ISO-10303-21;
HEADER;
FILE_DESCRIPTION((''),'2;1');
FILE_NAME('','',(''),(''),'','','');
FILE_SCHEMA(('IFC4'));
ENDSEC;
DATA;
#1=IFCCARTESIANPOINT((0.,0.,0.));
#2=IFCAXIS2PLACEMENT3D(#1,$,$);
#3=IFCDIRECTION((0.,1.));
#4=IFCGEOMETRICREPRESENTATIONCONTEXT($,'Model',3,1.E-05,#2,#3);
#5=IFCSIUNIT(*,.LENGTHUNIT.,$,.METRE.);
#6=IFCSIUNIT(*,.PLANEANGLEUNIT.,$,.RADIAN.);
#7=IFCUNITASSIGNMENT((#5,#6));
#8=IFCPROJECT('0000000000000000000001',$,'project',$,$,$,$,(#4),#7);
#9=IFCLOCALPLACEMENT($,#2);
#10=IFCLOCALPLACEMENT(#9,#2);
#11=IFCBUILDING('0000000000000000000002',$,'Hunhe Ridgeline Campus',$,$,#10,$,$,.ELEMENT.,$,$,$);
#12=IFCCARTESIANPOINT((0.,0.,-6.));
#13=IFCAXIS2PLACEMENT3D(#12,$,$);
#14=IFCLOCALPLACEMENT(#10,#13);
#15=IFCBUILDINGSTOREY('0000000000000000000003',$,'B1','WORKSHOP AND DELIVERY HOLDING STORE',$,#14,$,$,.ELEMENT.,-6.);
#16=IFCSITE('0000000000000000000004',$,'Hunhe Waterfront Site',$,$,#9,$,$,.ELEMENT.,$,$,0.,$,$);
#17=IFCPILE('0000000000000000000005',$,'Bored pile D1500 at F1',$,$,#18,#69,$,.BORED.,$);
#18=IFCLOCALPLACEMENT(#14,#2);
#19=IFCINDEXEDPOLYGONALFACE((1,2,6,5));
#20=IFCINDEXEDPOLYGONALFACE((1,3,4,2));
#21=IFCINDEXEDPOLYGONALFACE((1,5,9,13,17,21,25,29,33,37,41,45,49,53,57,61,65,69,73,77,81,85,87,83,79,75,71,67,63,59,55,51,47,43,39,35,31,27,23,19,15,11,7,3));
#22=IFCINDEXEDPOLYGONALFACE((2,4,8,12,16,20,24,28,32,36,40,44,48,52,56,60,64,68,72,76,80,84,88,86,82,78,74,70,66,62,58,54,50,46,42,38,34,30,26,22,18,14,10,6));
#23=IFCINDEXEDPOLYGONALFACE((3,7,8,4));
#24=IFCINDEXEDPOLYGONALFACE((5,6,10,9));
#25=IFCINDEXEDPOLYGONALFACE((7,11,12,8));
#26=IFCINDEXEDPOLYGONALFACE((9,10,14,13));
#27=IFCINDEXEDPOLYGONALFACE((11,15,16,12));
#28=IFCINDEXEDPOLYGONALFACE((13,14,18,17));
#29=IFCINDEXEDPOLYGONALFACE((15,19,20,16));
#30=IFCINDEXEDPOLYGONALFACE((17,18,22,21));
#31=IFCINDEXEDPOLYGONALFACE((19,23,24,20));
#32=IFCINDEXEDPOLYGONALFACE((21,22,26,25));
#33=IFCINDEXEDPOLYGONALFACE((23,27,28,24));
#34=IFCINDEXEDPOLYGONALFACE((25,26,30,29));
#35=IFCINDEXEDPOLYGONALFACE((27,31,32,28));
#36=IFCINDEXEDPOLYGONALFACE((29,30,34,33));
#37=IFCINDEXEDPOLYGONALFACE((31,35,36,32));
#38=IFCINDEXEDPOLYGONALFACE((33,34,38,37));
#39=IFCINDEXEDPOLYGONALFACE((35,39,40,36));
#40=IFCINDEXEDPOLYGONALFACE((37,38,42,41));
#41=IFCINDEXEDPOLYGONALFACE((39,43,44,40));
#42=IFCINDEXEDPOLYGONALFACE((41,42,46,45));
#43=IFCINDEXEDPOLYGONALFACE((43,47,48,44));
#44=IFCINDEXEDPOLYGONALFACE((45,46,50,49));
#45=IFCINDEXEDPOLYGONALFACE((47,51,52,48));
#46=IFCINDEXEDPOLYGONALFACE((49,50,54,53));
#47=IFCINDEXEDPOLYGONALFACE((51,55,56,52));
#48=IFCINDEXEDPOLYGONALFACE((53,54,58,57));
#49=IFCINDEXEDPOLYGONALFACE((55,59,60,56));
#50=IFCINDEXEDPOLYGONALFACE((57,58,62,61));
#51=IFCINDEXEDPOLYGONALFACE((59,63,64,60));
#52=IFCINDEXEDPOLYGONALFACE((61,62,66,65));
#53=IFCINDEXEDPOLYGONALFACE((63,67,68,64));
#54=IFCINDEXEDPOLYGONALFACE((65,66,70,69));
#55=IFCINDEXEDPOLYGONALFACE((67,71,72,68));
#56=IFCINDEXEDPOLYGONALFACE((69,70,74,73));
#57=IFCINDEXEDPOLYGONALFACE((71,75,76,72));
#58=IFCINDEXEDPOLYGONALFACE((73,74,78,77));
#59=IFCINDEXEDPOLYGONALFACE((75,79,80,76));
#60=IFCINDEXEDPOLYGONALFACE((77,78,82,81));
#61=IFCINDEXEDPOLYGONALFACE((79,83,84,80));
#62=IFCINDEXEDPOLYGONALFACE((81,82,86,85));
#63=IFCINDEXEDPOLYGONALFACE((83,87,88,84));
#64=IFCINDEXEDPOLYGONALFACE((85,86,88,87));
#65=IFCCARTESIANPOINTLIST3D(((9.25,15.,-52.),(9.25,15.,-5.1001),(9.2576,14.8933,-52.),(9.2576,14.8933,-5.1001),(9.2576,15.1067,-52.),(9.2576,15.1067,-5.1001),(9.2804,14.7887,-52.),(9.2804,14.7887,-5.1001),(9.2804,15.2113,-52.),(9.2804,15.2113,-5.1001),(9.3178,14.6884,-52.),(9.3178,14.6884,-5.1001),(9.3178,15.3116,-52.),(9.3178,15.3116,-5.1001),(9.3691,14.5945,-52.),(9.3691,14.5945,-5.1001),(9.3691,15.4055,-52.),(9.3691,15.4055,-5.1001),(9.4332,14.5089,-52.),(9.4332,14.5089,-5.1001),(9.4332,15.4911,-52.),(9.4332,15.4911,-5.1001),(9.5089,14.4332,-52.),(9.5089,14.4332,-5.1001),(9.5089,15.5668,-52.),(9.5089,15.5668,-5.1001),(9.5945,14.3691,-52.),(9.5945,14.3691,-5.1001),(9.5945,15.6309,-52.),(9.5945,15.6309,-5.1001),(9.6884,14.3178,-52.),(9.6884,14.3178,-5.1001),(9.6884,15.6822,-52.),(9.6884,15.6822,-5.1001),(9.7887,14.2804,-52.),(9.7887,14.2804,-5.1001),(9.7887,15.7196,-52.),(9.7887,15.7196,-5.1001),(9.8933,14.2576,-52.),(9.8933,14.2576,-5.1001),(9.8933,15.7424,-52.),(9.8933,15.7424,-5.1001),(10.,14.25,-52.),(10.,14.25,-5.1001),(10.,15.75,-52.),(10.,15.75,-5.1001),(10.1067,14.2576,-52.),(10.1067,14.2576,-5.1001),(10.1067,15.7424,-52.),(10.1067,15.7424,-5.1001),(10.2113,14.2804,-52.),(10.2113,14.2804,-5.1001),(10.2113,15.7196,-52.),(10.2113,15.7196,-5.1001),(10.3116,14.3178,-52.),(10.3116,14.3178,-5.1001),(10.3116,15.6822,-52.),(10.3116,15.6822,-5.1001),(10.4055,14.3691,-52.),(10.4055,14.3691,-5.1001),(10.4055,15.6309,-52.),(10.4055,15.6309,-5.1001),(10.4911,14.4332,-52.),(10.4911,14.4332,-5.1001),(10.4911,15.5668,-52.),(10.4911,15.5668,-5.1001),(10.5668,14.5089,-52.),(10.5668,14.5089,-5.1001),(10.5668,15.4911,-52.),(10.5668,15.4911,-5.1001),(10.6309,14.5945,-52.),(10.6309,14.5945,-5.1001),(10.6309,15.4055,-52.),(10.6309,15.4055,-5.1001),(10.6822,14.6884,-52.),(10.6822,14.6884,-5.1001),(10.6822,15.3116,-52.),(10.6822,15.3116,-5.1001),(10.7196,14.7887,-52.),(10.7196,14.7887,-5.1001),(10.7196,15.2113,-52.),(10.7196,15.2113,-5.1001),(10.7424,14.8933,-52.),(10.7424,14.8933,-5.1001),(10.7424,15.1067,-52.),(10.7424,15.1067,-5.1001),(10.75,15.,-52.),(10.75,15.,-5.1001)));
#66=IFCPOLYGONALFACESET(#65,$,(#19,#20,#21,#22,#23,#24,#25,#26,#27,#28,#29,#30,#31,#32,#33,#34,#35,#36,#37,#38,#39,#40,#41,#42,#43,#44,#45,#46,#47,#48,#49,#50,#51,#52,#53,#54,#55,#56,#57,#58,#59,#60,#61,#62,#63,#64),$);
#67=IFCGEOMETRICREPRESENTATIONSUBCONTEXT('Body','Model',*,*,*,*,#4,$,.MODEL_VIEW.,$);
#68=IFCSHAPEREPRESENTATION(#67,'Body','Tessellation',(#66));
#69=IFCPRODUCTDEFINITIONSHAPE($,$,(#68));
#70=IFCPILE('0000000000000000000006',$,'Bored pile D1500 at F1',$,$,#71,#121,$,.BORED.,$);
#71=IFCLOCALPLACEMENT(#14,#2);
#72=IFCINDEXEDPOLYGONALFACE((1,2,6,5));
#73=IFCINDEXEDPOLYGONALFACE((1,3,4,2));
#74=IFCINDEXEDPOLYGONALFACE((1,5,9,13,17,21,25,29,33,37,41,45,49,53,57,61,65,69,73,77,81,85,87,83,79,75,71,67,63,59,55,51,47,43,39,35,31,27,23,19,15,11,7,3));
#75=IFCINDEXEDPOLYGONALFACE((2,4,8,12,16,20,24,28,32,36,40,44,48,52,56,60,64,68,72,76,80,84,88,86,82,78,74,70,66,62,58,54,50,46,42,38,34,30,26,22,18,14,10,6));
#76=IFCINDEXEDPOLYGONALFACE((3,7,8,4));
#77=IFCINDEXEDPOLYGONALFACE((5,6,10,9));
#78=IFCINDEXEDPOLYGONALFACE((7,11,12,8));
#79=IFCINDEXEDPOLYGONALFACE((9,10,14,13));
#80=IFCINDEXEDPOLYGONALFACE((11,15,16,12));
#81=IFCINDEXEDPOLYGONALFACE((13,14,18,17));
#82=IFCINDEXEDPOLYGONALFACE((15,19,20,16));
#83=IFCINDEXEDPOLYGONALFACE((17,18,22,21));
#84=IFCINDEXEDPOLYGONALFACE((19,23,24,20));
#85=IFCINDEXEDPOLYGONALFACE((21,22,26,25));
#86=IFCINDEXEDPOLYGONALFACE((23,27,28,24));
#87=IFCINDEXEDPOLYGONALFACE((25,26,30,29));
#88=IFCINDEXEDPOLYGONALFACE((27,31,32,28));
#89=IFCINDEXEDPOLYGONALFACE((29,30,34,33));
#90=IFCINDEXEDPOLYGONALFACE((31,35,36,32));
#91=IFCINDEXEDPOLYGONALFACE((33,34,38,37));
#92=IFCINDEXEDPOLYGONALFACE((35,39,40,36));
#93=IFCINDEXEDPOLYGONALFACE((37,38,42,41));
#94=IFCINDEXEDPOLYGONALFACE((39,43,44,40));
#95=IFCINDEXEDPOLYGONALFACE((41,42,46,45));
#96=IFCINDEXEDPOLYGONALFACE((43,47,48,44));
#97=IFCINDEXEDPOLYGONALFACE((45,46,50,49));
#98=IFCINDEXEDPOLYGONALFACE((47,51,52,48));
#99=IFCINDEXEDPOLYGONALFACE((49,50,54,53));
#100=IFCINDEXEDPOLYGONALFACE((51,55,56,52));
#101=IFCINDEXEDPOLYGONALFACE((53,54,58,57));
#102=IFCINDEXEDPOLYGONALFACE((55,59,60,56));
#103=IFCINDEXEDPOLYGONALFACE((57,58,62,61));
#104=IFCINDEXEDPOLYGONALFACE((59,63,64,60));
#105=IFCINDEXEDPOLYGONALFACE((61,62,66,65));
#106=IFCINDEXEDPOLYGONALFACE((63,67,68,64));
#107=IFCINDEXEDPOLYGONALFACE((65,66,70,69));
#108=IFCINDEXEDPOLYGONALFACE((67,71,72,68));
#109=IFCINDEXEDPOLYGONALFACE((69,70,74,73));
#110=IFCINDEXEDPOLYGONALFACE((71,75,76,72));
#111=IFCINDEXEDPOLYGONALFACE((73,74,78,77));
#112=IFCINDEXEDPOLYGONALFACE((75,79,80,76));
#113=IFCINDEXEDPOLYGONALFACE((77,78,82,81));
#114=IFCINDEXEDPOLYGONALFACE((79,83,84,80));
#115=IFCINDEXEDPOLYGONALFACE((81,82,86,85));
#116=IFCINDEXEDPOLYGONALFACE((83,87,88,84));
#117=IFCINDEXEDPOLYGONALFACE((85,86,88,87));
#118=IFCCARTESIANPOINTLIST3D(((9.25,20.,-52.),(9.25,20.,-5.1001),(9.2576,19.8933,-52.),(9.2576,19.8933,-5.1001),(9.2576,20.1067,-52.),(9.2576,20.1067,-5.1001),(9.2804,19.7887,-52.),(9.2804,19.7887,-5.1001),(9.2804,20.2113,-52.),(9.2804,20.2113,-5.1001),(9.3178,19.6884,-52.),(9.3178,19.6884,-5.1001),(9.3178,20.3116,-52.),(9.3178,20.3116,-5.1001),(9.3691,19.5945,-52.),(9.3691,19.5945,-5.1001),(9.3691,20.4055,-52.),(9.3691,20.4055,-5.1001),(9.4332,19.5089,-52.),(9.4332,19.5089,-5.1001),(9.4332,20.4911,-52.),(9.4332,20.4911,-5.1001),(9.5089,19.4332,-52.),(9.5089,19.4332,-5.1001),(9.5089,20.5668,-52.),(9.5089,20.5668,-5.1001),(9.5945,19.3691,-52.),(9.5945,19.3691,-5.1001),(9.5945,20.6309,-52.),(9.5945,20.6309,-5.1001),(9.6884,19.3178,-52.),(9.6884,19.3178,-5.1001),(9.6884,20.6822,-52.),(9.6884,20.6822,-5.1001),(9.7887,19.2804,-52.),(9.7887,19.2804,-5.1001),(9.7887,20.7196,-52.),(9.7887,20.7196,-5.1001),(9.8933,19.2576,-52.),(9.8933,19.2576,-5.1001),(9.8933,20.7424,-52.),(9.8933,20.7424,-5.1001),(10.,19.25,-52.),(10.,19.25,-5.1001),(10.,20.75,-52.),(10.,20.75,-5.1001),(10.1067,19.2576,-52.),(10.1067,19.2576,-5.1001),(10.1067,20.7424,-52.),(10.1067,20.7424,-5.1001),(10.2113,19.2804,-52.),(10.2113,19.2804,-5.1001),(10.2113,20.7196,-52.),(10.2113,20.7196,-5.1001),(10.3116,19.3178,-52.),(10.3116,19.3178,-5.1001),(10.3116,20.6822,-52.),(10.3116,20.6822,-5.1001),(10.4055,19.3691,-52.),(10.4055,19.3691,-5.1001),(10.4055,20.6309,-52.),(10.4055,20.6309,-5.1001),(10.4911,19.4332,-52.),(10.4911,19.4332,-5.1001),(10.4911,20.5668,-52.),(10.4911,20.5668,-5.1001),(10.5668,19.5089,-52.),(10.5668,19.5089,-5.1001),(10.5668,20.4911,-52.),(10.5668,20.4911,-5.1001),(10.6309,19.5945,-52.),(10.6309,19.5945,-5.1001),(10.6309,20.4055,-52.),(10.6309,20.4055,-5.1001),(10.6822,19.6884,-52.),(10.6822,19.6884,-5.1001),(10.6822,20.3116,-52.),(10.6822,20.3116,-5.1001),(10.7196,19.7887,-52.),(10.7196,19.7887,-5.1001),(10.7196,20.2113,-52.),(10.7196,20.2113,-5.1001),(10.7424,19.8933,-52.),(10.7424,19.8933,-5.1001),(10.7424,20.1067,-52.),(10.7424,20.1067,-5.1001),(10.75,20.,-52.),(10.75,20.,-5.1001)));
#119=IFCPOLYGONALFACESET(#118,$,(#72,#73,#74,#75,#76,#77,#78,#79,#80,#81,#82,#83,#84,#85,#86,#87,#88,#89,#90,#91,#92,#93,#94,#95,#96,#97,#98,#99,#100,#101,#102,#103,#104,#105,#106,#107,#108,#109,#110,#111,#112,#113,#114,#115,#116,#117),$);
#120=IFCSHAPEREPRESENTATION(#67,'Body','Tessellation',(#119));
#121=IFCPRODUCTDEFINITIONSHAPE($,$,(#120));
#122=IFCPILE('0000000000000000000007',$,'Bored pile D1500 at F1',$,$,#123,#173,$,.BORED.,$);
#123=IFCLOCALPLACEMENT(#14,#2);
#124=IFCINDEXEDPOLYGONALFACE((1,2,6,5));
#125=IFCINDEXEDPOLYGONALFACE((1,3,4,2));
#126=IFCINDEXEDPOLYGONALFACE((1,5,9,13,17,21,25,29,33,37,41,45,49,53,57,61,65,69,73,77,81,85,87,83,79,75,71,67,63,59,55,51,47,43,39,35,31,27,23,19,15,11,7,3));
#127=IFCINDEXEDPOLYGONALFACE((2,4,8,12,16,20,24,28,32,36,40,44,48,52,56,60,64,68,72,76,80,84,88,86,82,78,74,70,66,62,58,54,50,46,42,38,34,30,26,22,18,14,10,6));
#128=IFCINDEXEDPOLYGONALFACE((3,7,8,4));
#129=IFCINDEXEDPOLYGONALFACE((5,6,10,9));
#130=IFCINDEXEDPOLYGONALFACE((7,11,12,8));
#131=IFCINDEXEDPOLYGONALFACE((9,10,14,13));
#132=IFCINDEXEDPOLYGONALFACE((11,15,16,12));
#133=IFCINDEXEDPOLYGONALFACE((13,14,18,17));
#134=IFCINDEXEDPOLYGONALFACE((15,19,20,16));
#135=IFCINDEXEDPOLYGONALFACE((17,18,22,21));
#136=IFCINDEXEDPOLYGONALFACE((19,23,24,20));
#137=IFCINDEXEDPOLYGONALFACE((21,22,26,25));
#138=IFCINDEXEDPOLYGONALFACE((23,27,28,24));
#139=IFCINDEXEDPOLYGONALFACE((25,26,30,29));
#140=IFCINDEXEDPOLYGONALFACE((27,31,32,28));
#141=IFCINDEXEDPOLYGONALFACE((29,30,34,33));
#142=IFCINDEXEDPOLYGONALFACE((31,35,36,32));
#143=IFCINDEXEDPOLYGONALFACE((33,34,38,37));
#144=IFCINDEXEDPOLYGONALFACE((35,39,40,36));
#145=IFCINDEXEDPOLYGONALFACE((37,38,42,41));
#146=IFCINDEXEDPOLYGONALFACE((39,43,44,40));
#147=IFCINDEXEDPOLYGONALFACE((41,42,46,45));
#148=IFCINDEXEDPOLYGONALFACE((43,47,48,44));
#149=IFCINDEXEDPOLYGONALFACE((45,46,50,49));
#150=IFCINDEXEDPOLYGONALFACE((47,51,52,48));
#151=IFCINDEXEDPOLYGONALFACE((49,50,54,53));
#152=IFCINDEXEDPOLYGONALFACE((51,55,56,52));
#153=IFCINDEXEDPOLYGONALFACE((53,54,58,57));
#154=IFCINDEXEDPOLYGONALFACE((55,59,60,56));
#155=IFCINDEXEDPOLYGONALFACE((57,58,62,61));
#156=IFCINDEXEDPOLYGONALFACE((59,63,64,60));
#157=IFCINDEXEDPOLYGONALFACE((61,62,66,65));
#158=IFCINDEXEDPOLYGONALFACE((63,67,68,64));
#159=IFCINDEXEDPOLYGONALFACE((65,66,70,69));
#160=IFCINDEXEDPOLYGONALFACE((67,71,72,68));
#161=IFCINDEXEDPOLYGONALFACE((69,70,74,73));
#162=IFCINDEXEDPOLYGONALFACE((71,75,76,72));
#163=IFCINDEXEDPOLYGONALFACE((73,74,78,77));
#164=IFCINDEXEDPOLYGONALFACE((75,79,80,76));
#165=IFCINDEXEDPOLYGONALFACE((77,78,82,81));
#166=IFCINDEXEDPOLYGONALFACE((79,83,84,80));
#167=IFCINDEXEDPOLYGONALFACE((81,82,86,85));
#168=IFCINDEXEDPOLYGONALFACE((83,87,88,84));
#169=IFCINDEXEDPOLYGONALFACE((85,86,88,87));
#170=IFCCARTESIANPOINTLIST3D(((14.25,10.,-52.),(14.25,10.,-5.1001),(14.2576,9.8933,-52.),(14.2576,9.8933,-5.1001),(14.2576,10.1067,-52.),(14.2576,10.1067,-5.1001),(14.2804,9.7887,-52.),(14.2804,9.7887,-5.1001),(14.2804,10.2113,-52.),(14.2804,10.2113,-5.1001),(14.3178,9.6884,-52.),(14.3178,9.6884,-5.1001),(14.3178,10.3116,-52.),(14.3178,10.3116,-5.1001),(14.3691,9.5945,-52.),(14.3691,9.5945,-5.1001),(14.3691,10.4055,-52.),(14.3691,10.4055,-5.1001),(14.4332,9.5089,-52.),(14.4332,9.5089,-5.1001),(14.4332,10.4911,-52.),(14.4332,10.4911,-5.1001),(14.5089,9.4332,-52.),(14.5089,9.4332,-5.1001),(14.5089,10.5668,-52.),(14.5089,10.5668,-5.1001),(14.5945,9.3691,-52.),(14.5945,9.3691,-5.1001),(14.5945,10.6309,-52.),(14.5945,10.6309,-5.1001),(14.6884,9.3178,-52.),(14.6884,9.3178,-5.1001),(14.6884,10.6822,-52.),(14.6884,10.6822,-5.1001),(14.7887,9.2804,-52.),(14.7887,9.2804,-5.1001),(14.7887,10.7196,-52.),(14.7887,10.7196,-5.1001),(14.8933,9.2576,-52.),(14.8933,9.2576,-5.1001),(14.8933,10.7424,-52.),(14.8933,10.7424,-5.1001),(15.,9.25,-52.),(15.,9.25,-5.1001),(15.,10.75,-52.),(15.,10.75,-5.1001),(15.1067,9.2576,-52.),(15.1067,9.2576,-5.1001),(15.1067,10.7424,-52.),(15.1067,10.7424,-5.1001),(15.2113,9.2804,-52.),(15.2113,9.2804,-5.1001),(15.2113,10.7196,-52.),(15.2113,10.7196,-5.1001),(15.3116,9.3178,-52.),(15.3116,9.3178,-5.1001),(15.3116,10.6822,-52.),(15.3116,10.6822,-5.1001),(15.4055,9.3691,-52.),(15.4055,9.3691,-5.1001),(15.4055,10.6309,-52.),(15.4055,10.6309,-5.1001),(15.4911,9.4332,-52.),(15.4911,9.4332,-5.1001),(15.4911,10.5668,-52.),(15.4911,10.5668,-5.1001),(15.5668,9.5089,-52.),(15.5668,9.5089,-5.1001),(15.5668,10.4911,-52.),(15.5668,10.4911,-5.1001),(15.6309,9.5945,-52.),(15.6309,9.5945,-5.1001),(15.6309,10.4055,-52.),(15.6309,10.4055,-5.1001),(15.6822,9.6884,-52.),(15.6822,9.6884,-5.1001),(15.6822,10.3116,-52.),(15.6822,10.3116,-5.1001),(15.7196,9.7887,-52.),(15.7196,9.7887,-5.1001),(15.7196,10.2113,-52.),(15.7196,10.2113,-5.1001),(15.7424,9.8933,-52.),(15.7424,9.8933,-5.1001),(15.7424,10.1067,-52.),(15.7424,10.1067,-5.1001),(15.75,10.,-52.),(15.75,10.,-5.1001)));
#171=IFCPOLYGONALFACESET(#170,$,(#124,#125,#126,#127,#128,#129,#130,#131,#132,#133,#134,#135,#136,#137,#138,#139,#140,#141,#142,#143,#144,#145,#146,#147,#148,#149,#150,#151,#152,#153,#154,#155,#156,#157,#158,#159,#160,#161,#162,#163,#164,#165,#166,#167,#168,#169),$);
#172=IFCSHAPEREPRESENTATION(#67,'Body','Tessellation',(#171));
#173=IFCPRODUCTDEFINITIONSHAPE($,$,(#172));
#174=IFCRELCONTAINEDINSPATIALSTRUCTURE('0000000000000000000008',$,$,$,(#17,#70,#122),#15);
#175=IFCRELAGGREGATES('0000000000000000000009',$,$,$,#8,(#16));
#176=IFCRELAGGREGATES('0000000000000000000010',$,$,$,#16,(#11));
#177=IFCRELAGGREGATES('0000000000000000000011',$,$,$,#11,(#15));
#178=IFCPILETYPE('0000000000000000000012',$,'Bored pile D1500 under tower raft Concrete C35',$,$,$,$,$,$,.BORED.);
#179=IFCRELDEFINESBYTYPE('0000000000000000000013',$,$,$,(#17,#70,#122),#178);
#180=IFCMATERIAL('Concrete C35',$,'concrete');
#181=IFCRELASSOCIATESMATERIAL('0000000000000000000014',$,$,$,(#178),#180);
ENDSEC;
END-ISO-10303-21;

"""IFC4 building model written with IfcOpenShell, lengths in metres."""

from ifc_helpers import new_model, si_unit, direction, frame, origin, origin_2d, place, context, subcontext, project, spatial, circle, extrude, material, material_profile, profile_set, type_object, element, save


model = new_model("IFC4")

# Units and contexts
model_context = context("Model", 3, precision=1e-05, world=origin(), true_north=direction((0.0, 1.0)))
body_context = subcontext(model_context, "Body", "Model", "MODEL_VIEW")
ifc_project = project(units=[si_unit("LENGTHUNIT", "METRE"), si_unit("PLANEANGLEUNIT", "RADIAN")], contexts=[model_context])

# Site, building, storey
site_placement = place(None, origin())
site = spatial("IfcSite", under=ifc_project, at=site_placement, Name="Hunhe Waterfront Site", CompositionType="ELEMENT", RefElevation=0.0)
building_placement = place(site_placement, origin())
building = spatial("IfcBuilding", under=site, at=building_placement, Name="Hunhe Ridgeline Campus", CompositionType="ELEMENT")
storey_placement = place(building_placement, frame((0.0, 0.0, -6.0)))
storey = spatial("IfcBuildingStorey", under=building, at=storey_placement, Name="B1", Description="WORKSHOP AND DELIVERY HOLDING STORE", CompositionType="ELEMENT", Elevation=-6.0)

# Piles
ifc_material_1 = material(Name="Concrete C35", Category="concrete")
ifc_material_profile_1 = material_profile(ifc_material_1, circle(Radius=0.75, at=origin_2d()))
ifc_profile_set_1 = profile_set([ifc_material_profile_1], Name="Concrete C35")
pile_type = type_object("IfcPileType", Name="Bored pile D1500 under tower raft Concrete C35", PredefinedType="BORED", material=ifc_profile_set_1)
for number, where, z_axis, x_axis, name in (
    (1, (10.0, 15.0, -5.1001), (0.0, 0.0, -1.0), (1.0, 0.0, 0.0), "Bored pile D1500 at F1"),
    (2, (10.0, 20.0, -5.1001), (0.0, 0.0, -1.0), (1.0, 0.0, 0.0), "Bored pile D1500 at F1"),
    (3, (15.0, 10.0, -5.1001), (0.0, 0.0, -1.0), (1.0, 0.0, 0.0), "Bored pile D1500 at F1"),
):
    element("IfcPile", number, at=place(storey_placement, frame(where, z_axis=z_axis, x_axis=x_axis)), inside=storey, type_object=pile_type, Name=name, PredefinedType="BORED", context=body_context, shape_type="SweptSolid", body=[
        extrude(circle(Radius=0.75, at=origin_2d()), origin(), (0.0, 0.0, 1.0), 46.8999),
    ])

save(model, "model.ifc")
